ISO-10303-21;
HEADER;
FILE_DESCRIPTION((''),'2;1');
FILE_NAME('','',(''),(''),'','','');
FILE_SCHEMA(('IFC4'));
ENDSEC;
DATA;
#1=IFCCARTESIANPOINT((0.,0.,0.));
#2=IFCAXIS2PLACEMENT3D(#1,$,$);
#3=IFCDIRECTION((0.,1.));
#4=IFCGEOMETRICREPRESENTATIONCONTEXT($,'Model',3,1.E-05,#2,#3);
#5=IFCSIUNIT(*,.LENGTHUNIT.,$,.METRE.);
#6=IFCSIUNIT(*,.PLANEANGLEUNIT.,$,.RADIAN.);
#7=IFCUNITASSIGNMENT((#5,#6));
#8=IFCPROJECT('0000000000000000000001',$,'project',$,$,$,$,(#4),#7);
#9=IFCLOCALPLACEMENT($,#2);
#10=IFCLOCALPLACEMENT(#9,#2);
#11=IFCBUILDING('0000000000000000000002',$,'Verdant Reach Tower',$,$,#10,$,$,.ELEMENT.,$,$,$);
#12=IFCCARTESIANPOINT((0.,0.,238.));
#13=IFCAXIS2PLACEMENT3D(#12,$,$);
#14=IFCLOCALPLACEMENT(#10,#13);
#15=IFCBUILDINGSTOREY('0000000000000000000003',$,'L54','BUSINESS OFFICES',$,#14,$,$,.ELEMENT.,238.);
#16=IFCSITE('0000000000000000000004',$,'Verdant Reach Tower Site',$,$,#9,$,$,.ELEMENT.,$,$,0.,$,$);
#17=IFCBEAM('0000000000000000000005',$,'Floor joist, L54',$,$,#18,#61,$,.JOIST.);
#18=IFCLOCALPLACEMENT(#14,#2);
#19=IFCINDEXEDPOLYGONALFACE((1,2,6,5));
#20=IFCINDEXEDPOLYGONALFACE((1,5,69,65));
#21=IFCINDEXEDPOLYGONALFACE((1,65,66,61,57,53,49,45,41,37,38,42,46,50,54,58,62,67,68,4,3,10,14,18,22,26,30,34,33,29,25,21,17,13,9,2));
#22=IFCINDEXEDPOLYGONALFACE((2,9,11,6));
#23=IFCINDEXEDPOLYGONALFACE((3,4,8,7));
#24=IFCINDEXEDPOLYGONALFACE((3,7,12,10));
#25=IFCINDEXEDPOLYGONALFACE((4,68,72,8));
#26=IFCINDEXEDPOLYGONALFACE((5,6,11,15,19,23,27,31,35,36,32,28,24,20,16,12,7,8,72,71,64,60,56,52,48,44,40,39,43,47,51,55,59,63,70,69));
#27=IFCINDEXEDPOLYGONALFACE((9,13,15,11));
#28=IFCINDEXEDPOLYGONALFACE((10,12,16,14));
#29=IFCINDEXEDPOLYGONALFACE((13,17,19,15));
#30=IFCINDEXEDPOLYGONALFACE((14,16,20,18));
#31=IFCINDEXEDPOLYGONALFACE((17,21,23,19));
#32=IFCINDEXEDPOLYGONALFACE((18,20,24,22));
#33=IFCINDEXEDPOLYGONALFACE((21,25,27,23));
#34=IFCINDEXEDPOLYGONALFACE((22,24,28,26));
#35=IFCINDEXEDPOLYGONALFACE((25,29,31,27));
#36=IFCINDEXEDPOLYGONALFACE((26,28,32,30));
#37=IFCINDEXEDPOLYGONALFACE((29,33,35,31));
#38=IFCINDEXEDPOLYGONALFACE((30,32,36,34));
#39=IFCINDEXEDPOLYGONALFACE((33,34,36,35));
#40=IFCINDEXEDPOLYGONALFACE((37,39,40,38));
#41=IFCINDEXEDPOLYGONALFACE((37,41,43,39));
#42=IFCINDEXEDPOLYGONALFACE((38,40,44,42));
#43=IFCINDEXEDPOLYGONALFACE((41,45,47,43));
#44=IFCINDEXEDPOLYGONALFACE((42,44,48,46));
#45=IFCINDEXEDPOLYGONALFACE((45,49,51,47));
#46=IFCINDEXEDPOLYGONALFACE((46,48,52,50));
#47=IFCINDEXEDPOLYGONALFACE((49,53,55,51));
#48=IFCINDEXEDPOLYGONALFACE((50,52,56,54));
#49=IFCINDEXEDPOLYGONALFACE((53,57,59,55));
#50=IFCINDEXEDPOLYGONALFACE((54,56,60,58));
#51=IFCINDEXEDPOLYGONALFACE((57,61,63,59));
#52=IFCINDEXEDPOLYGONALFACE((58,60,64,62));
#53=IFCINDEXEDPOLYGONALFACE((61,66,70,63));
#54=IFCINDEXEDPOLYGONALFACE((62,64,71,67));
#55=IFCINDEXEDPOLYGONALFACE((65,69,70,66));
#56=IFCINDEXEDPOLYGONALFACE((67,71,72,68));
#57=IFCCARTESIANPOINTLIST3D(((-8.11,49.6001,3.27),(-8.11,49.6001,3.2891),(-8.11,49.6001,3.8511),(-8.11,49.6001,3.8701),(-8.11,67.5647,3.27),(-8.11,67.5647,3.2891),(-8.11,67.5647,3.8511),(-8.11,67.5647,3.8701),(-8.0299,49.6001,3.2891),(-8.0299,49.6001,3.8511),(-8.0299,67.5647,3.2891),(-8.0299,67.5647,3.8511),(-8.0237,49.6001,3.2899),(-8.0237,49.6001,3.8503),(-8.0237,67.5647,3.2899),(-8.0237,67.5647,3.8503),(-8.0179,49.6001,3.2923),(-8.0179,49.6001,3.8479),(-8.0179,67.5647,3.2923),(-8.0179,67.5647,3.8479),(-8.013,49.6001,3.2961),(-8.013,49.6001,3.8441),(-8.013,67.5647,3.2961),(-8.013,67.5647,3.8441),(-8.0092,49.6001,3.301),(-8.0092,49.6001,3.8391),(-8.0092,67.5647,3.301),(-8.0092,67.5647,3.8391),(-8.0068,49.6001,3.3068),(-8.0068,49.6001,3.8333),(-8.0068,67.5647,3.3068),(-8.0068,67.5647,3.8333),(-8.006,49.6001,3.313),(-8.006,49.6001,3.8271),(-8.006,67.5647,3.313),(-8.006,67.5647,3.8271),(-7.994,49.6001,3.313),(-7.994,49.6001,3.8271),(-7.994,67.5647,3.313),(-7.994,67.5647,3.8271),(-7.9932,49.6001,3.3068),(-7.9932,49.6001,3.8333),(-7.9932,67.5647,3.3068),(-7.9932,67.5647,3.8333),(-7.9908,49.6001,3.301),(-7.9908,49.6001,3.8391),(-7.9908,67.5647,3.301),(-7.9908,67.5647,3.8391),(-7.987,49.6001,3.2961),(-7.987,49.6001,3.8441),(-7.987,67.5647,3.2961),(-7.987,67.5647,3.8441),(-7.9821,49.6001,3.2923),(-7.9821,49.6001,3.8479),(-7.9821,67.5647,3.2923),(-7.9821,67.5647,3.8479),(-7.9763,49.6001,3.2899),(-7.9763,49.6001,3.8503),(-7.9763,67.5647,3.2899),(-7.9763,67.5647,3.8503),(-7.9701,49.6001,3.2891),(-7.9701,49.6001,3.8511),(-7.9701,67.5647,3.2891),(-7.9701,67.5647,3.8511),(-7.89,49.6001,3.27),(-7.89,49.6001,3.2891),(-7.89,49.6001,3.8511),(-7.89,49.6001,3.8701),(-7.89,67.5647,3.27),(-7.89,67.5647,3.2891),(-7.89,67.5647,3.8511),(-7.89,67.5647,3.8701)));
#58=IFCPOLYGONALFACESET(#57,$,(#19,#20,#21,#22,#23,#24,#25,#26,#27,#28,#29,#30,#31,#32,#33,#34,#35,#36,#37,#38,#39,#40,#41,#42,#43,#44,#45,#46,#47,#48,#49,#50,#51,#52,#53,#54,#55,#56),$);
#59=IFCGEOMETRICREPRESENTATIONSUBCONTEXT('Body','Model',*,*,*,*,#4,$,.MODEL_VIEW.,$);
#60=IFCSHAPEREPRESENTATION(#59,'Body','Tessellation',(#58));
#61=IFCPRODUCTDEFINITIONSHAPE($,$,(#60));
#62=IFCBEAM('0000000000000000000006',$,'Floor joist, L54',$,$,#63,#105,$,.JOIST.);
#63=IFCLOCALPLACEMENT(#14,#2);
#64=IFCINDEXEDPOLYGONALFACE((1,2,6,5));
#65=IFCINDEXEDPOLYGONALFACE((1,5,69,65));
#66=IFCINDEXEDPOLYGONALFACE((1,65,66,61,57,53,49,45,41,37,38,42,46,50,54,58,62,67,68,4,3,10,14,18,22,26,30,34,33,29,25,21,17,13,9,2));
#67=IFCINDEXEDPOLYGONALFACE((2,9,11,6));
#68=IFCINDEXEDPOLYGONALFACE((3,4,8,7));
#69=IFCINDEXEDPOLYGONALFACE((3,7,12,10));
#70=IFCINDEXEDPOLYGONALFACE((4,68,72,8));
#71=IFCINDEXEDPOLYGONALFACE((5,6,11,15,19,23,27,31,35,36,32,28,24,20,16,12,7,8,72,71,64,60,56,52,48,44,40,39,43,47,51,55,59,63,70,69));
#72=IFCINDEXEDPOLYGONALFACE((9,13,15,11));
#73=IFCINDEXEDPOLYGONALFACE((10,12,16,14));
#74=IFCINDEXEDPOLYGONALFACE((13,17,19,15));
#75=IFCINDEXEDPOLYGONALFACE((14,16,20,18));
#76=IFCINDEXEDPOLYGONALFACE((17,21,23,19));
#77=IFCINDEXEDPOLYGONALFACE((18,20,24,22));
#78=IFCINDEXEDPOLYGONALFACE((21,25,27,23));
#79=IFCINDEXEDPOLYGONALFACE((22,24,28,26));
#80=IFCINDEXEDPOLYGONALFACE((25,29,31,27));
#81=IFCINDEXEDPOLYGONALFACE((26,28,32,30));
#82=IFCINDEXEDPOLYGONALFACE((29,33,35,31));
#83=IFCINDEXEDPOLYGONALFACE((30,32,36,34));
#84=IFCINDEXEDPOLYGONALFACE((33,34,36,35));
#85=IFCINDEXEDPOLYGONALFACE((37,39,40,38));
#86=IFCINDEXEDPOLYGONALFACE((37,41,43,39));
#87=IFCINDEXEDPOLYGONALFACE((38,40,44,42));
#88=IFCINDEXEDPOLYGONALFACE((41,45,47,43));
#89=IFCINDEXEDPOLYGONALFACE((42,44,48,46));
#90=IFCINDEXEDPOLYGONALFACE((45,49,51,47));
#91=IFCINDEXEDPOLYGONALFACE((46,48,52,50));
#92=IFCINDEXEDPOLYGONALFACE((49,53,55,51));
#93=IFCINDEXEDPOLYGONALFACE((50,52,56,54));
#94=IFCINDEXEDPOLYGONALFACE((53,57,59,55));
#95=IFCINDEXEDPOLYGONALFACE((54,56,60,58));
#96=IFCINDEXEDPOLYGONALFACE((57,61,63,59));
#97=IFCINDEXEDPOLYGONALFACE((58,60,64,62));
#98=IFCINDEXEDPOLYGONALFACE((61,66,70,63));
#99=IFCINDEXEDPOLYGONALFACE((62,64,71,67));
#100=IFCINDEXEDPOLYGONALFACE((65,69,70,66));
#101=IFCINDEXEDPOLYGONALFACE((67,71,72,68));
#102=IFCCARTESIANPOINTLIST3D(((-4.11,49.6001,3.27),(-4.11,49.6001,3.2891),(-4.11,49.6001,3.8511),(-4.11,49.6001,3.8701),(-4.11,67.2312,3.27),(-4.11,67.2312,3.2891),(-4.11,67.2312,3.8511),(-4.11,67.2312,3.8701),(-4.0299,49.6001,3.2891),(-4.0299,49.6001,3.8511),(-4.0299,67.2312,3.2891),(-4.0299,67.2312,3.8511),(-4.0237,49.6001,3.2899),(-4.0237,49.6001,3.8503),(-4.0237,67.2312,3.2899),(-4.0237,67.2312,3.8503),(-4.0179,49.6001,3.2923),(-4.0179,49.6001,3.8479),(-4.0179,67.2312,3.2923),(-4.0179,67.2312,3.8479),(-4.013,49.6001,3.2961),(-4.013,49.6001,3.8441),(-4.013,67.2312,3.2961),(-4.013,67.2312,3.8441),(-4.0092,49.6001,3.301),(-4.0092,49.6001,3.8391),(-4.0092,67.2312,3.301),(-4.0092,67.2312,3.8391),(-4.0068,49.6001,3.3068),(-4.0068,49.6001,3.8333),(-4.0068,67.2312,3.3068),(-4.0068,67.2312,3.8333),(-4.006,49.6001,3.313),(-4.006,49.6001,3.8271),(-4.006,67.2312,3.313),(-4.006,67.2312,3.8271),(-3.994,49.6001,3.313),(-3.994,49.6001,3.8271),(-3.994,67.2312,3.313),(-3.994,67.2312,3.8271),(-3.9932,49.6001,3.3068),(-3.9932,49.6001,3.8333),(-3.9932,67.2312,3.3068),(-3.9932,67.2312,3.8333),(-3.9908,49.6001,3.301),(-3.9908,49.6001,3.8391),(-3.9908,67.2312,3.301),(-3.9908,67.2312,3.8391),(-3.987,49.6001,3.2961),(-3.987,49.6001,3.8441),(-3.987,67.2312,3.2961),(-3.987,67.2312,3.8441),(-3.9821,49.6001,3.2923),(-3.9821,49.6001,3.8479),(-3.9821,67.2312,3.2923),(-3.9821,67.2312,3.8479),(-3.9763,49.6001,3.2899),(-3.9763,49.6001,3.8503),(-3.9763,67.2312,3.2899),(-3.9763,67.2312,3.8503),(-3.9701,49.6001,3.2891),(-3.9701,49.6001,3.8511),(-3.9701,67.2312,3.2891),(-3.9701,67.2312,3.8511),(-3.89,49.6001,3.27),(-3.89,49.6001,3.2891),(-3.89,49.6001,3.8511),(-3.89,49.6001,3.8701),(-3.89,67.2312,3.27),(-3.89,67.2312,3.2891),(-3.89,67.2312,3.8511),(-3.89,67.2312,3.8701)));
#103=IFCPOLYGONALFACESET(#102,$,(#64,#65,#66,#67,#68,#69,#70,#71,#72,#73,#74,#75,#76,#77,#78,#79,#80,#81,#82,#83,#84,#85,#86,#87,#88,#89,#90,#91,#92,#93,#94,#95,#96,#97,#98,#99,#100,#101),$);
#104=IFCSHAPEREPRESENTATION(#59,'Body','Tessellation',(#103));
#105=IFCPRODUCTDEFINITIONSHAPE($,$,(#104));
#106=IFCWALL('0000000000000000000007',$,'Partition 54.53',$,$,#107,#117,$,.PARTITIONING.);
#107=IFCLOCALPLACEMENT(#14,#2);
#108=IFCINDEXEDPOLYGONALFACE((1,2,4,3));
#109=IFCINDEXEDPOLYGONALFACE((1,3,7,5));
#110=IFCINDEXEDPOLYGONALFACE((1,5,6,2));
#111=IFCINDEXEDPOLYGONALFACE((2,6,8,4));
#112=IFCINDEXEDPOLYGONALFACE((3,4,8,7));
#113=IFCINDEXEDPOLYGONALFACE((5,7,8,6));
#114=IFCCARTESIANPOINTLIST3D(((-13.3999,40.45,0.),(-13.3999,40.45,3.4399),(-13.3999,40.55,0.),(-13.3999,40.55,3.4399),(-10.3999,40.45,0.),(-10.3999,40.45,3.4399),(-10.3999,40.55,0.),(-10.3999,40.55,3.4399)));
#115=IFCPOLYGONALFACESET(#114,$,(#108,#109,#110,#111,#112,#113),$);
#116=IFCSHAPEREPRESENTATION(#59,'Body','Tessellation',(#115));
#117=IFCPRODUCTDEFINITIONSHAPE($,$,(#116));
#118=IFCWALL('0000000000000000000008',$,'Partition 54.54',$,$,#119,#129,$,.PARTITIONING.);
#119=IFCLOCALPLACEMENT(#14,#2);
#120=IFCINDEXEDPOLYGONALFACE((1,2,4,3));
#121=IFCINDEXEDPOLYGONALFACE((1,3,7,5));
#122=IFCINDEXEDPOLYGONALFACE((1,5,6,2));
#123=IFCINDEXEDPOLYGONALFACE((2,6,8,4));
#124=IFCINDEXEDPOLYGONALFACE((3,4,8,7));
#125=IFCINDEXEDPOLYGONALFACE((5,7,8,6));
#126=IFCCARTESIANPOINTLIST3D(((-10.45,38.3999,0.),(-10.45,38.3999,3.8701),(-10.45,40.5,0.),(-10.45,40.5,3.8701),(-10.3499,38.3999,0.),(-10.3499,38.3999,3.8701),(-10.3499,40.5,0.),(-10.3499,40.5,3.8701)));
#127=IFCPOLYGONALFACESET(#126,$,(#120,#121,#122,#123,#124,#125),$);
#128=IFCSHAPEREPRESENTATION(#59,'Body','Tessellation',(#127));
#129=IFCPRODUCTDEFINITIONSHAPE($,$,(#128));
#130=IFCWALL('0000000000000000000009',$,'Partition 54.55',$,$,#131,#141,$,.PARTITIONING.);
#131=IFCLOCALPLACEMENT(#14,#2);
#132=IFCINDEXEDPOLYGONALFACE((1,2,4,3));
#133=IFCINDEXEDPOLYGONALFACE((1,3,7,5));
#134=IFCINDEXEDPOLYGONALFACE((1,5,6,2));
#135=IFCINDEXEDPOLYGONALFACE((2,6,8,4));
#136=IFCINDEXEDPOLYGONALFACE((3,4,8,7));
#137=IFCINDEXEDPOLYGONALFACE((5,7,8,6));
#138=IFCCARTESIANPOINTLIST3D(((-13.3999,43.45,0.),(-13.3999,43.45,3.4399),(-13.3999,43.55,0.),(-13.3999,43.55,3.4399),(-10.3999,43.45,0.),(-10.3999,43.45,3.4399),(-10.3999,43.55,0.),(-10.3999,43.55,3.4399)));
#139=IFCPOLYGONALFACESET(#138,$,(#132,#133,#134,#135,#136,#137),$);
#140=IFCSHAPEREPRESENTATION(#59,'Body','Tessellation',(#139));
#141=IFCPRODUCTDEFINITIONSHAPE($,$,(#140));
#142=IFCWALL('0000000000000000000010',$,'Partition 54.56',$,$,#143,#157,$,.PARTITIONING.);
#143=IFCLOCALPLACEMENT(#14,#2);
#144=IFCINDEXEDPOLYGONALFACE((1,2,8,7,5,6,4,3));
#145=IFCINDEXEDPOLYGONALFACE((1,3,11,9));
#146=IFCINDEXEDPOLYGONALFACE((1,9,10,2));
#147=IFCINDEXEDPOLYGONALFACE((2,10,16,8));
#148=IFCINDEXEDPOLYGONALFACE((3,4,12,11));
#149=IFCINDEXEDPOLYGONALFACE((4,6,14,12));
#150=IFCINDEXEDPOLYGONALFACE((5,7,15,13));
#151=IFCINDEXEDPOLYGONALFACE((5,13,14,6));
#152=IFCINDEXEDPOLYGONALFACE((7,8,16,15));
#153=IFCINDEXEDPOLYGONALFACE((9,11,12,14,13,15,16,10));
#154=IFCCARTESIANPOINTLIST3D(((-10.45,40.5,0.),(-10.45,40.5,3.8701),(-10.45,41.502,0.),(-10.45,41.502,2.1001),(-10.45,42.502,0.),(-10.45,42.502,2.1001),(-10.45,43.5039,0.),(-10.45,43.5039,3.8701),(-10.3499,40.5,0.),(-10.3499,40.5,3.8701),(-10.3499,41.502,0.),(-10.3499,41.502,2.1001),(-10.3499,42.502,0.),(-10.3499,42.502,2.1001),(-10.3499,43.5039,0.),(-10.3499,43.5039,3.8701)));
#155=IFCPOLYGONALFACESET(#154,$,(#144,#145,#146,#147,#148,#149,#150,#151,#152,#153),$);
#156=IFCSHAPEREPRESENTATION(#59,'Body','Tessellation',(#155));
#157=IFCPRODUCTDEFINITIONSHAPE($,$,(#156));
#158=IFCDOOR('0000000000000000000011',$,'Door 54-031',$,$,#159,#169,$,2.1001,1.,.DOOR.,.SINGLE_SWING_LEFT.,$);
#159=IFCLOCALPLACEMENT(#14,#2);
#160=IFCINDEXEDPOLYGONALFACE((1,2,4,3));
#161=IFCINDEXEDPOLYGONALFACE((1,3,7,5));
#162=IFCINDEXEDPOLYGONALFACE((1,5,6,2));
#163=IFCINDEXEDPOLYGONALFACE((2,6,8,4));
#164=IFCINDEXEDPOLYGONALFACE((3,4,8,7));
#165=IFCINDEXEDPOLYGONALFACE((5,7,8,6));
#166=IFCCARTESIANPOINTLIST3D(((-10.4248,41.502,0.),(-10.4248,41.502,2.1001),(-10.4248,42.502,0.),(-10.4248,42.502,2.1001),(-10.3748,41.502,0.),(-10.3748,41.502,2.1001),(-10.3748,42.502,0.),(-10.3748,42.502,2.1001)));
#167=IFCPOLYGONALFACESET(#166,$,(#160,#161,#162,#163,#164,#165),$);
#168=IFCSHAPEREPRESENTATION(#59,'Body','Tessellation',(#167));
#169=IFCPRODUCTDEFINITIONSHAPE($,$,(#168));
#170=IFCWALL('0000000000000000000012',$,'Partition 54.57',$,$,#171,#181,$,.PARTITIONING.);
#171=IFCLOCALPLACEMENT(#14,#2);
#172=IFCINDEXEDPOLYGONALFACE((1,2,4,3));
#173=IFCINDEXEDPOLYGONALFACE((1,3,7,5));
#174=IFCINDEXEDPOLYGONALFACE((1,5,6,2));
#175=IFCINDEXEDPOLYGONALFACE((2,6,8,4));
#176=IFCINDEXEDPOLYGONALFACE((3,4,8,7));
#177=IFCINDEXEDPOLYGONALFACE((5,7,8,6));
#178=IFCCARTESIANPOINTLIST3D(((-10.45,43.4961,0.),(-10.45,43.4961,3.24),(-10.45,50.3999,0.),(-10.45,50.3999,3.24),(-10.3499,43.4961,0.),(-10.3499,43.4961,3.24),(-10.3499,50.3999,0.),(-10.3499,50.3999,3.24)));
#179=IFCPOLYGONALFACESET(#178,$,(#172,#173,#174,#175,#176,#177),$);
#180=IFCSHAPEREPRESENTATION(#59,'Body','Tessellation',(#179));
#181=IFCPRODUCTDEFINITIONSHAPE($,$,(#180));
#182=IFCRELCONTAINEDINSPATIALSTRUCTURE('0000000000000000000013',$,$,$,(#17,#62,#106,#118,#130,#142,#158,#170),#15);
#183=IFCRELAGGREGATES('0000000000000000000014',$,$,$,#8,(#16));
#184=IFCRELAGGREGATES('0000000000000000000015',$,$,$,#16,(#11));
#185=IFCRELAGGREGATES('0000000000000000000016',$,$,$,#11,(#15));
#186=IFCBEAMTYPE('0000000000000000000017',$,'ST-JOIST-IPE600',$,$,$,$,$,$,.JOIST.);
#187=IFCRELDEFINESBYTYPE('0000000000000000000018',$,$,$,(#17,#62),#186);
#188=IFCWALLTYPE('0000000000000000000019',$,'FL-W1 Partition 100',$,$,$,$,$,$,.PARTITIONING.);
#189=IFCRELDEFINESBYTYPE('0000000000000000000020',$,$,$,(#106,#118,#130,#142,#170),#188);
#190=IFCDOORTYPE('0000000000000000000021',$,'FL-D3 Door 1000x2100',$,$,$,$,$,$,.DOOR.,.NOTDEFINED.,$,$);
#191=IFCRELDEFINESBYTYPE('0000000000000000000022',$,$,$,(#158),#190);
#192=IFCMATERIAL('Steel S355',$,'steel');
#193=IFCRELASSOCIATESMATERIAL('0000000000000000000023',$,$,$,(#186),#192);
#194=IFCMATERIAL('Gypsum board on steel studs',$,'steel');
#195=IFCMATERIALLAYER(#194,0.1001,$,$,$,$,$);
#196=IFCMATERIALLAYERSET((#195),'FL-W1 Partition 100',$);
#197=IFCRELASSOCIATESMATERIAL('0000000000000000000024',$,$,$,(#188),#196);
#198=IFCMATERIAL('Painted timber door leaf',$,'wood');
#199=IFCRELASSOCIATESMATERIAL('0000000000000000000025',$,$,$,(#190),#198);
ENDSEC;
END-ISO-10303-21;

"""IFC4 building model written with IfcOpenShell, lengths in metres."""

from ifc_helpers import new_model, si_unit, direction, frame, frame_2d, origin, origin_2d, place, context, subcontext, project, spatial, rectangle, i_section, extrude, material, layer, layer_set, material_profile, profile_set, type_object, element, fill, save


model = new_model("IFC4")

# Units and contexts
model_context = context("Model", 3, precision=1e-05, world=origin(), true_north=direction((0.0, 1.0)))
body_context = subcontext(model_context, "Body", "Model", "MODEL_VIEW")
ifc_project = project(units=[si_unit("LENGTHUNIT", "METRE"), si_unit("PLANEANGLEUNIT", "RADIAN")], contexts=[model_context])

# Site, building, storey
site_placement = place(None, origin())
site = spatial("IfcSite", under=ifc_project, at=site_placement, Name="Verdant Reach Tower Site", CompositionType="ELEMENT", RefElevation=0.0)
building_placement = place(site_placement, origin())
building = spatial("IfcBuilding", under=site, at=building_placement, Name="Verdant Reach Tower", CompositionType="ELEMENT")
storey_placement = place(building_placement, frame((0.0, 0.0, 238.0)))
storey = spatial("IfcBuildingStorey", under=building, at=storey_placement, Name="L54", Description="BUSINESS OFFICES", CompositionType="ELEMENT", Elevation=238.0)

# Beams
ifc_material_1 = material(Name="Steel S355", Category="steel")
ifc_material_profile_1 = material_profile(ifc_material_1, i_section(OverallWidth=0.22, OverallDepth=0.6001, WebThickness=0.012, FlangeThickness=0.019, FilletRadius=0.0239, at=origin_2d()), Name="IPE 600")
ifc_profile_set_1 = profile_set([ifc_material_profile_1], Name="Steel S355")
beam_type_1 = type_object("IfcBeamType", Name="ST-JOIST-IPE600", PredefinedType="JOIST", material=ifc_profile_set_1)
beam_1_placement = place(storey_placement, frame((-8.0, 49.6001, 3.5701), z_axis=(0.0, 1.0, 0.0), x_axis=(-1.0, 0.0, 0.0)))
element("IfcBeam", 1, at=beam_1_placement, inside=storey, type_object=beam_type_1, Name="Floor joist, L54", PredefinedType="JOIST", context=body_context, shape_type="SweptSolid", body=[
    extrude(i_section(OverallWidth=0.22, OverallDepth=0.6001, WebThickness=0.012, FlangeThickness=0.019, FilletRadius=0.0239, at=origin_2d()), origin(), (0.0, 0.0, 1.0), 17.9646),
])
beam_2_placement = place(storey_placement, frame((-4.0, 49.6001, 3.5701), z_axis=(0.0, 1.0, 0.0), x_axis=(-1.0, 0.0, 0.0)))
element("IfcBeam", 2, at=beam_2_placement, inside=storey, type_object=beam_type_1, Name="Floor joist, L54", PredefinedType="JOIST", context=body_context, shape_type="SweptSolid", body=[
    extrude(i_section(OverallWidth=0.22, OverallDepth=0.6001, WebThickness=0.012, FlangeThickness=0.019, FilletRadius=0.0239, at=origin_2d()), origin(), (0.0, 0.0, 1.0), 17.6311),
])

# Walls
ifc_material_2 = material(Name="Gypsum board on steel studs", Category="steel")
ifc_layer_1 = layer(ifc_material_2, 0.1001)
ifc_layer_set_1 = layer_set([ifc_layer_1], Name="FL-W1 Partition 100")
wall_type_1 = type_object("IfcWallType", Name="FL-W1 Partition 100", PredefinedType="PARTITIONING", material=ifc_layer_set_1)
wall_1_placement = place(storey_placement, frame((-10.3999, 40.5, 0.0), z_axis=(0.0, 0.0, 1.0), x_axis=(-1.0, 0.0, 0.0)))
element("IfcWall", 3, at=wall_1_placement, inside=storey, type_object=wall_type_1, Name="Partition 54.53", PredefinedType="PARTITIONING", context=body_context, shape_type="SweptSolid", body=[
    extrude(rectangle(XDim=3.0, YDim=0.1001, at=frame_2d((1.5, 0.0))), origin(), (0.0, 0.0, 1.0), 3.4399),
])
wall_2_placement = place(storey_placement, frame((-10.3999, 38.3999, 0.0), z_axis=(0.0, 0.0, 1.0), x_axis=(0.0, 1.0, 0.0)))
element("IfcWall", 4, at=wall_2_placement, inside=storey, type_object=wall_type_1, Name="Partition 54.54", PredefinedType="PARTITIONING", context=body_context, shape_type="SweptSolid", body=[
    extrude(rectangle(XDim=2.1001, YDim=0.1001, at=frame_2d((1.05, 0.0))), origin(), (0.0, 0.0, 1.0), 3.8701),
])
wall_3_placement = place(storey_placement, frame((-10.3999, 43.5, 0.0), z_axis=(0.0, 0.0, 1.0), x_axis=(-1.0, 0.0, 0.0)))
element("IfcWall", 5, at=wall_3_placement, inside=storey, type_object=wall_type_1, Name="Partition 54.55", PredefinedType="PARTITIONING", context=body_context, shape_type="SweptSolid", body=[
    extrude(rectangle(XDim=3.0, YDim=0.1001, at=frame_2d((1.5, 0.0))), origin(), (0.0, 0.0, 1.0), 3.4399),
])

# Wall, opening, door
wall_4_placement = place(storey_placement, frame((-10.3999, 40.5, 0.0), z_axis=(0.0, 0.0, 1.0), x_axis=(0.0, 1.0, 0.0)))
wall_4 = element("IfcWall", 6, at=wall_4_placement, inside=storey, type_object=wall_type_1, Name="Partition 54.56", PredefinedType="PARTITIONING", context=body_context, shape_type="SweptSolid", body=[
    extrude(rectangle(XDim=3.0039, YDim=0.1001, at=frame_2d((1.502, 0.0))), origin(), (0.0, 0.0, 1.0), 3.8701),
])
opening_1_placement = place(wall_4_placement, frame((1.002, 0.0, 0.0)))
opening_1 = element("IfcOpeningElement", 7, at=opening_1_placement, cuts=wall_4, PredefinedType="OPENING", context=body_context, shape_type="SweptSolid", body=[
    extrude(rectangle(XDim=1.0, YDim=2.1001, at=frame_2d((0.5, 1.05))), frame((0.0, 0.0601, 0.0), z_axis=(0.0, -1.0, 0.0), x_axis=(1.0, 0.0, 0.0)), (0.0, 0.0, 1.0), 0.1201),
])
ifc_material_3 = material(Name="Painted timber door leaf", Category="wood")
door_type_1 = type_object("IfcDoorType", Name="FL-D3 Door 1000x2100", OperationType="NOTDEFINED", PredefinedType="DOOR", material=ifc_material_3)
door_1_placement = place(opening_1_placement, origin())
door_1 = element("IfcDoor", 8, at=door_1_placement, inside=storey, type_object=door_type_1, Name="Door 54-031", OperationType="SINGLE_SWING_LEFT", OverallHeight=2.1001, OverallWidth=1.0, PredefinedType="DOOR", context=body_context, shape_type="SweptSolid", body=[
    extrude(rectangle(XDim=1.0, YDim=2.1001, at=frame_2d((0.5, 1.05))), frame((0.0, 0.0249, 0.0), z_axis=(0.0, -1.0, 0.0), x_axis=(1.0, 0.0, 0.0)), (0.0, 0.0, 1.0), 0.05),
])
fill(opening_1, door_1)

# Wall
wall_5_placement = place(storey_placement, frame((-10.3999, 43.4961, 0.0), z_axis=(0.0, 0.0, 1.0), x_axis=(0.0, 1.0, 0.0)))
element("IfcWall", 9, at=wall_5_placement, inside=storey, type_object=wall_type_1, Name="Partition 54.57", PredefinedType="PARTITIONING", context=body_context, shape_type="SweptSolid", body=[
    extrude(rectangle(XDim=6.9038, YDim=0.1001, at=frame_2d((3.4519, 0.0))), origin(), (0.0, 0.0, 1.0), 3.24),
])

save(model, "model.ifc")
